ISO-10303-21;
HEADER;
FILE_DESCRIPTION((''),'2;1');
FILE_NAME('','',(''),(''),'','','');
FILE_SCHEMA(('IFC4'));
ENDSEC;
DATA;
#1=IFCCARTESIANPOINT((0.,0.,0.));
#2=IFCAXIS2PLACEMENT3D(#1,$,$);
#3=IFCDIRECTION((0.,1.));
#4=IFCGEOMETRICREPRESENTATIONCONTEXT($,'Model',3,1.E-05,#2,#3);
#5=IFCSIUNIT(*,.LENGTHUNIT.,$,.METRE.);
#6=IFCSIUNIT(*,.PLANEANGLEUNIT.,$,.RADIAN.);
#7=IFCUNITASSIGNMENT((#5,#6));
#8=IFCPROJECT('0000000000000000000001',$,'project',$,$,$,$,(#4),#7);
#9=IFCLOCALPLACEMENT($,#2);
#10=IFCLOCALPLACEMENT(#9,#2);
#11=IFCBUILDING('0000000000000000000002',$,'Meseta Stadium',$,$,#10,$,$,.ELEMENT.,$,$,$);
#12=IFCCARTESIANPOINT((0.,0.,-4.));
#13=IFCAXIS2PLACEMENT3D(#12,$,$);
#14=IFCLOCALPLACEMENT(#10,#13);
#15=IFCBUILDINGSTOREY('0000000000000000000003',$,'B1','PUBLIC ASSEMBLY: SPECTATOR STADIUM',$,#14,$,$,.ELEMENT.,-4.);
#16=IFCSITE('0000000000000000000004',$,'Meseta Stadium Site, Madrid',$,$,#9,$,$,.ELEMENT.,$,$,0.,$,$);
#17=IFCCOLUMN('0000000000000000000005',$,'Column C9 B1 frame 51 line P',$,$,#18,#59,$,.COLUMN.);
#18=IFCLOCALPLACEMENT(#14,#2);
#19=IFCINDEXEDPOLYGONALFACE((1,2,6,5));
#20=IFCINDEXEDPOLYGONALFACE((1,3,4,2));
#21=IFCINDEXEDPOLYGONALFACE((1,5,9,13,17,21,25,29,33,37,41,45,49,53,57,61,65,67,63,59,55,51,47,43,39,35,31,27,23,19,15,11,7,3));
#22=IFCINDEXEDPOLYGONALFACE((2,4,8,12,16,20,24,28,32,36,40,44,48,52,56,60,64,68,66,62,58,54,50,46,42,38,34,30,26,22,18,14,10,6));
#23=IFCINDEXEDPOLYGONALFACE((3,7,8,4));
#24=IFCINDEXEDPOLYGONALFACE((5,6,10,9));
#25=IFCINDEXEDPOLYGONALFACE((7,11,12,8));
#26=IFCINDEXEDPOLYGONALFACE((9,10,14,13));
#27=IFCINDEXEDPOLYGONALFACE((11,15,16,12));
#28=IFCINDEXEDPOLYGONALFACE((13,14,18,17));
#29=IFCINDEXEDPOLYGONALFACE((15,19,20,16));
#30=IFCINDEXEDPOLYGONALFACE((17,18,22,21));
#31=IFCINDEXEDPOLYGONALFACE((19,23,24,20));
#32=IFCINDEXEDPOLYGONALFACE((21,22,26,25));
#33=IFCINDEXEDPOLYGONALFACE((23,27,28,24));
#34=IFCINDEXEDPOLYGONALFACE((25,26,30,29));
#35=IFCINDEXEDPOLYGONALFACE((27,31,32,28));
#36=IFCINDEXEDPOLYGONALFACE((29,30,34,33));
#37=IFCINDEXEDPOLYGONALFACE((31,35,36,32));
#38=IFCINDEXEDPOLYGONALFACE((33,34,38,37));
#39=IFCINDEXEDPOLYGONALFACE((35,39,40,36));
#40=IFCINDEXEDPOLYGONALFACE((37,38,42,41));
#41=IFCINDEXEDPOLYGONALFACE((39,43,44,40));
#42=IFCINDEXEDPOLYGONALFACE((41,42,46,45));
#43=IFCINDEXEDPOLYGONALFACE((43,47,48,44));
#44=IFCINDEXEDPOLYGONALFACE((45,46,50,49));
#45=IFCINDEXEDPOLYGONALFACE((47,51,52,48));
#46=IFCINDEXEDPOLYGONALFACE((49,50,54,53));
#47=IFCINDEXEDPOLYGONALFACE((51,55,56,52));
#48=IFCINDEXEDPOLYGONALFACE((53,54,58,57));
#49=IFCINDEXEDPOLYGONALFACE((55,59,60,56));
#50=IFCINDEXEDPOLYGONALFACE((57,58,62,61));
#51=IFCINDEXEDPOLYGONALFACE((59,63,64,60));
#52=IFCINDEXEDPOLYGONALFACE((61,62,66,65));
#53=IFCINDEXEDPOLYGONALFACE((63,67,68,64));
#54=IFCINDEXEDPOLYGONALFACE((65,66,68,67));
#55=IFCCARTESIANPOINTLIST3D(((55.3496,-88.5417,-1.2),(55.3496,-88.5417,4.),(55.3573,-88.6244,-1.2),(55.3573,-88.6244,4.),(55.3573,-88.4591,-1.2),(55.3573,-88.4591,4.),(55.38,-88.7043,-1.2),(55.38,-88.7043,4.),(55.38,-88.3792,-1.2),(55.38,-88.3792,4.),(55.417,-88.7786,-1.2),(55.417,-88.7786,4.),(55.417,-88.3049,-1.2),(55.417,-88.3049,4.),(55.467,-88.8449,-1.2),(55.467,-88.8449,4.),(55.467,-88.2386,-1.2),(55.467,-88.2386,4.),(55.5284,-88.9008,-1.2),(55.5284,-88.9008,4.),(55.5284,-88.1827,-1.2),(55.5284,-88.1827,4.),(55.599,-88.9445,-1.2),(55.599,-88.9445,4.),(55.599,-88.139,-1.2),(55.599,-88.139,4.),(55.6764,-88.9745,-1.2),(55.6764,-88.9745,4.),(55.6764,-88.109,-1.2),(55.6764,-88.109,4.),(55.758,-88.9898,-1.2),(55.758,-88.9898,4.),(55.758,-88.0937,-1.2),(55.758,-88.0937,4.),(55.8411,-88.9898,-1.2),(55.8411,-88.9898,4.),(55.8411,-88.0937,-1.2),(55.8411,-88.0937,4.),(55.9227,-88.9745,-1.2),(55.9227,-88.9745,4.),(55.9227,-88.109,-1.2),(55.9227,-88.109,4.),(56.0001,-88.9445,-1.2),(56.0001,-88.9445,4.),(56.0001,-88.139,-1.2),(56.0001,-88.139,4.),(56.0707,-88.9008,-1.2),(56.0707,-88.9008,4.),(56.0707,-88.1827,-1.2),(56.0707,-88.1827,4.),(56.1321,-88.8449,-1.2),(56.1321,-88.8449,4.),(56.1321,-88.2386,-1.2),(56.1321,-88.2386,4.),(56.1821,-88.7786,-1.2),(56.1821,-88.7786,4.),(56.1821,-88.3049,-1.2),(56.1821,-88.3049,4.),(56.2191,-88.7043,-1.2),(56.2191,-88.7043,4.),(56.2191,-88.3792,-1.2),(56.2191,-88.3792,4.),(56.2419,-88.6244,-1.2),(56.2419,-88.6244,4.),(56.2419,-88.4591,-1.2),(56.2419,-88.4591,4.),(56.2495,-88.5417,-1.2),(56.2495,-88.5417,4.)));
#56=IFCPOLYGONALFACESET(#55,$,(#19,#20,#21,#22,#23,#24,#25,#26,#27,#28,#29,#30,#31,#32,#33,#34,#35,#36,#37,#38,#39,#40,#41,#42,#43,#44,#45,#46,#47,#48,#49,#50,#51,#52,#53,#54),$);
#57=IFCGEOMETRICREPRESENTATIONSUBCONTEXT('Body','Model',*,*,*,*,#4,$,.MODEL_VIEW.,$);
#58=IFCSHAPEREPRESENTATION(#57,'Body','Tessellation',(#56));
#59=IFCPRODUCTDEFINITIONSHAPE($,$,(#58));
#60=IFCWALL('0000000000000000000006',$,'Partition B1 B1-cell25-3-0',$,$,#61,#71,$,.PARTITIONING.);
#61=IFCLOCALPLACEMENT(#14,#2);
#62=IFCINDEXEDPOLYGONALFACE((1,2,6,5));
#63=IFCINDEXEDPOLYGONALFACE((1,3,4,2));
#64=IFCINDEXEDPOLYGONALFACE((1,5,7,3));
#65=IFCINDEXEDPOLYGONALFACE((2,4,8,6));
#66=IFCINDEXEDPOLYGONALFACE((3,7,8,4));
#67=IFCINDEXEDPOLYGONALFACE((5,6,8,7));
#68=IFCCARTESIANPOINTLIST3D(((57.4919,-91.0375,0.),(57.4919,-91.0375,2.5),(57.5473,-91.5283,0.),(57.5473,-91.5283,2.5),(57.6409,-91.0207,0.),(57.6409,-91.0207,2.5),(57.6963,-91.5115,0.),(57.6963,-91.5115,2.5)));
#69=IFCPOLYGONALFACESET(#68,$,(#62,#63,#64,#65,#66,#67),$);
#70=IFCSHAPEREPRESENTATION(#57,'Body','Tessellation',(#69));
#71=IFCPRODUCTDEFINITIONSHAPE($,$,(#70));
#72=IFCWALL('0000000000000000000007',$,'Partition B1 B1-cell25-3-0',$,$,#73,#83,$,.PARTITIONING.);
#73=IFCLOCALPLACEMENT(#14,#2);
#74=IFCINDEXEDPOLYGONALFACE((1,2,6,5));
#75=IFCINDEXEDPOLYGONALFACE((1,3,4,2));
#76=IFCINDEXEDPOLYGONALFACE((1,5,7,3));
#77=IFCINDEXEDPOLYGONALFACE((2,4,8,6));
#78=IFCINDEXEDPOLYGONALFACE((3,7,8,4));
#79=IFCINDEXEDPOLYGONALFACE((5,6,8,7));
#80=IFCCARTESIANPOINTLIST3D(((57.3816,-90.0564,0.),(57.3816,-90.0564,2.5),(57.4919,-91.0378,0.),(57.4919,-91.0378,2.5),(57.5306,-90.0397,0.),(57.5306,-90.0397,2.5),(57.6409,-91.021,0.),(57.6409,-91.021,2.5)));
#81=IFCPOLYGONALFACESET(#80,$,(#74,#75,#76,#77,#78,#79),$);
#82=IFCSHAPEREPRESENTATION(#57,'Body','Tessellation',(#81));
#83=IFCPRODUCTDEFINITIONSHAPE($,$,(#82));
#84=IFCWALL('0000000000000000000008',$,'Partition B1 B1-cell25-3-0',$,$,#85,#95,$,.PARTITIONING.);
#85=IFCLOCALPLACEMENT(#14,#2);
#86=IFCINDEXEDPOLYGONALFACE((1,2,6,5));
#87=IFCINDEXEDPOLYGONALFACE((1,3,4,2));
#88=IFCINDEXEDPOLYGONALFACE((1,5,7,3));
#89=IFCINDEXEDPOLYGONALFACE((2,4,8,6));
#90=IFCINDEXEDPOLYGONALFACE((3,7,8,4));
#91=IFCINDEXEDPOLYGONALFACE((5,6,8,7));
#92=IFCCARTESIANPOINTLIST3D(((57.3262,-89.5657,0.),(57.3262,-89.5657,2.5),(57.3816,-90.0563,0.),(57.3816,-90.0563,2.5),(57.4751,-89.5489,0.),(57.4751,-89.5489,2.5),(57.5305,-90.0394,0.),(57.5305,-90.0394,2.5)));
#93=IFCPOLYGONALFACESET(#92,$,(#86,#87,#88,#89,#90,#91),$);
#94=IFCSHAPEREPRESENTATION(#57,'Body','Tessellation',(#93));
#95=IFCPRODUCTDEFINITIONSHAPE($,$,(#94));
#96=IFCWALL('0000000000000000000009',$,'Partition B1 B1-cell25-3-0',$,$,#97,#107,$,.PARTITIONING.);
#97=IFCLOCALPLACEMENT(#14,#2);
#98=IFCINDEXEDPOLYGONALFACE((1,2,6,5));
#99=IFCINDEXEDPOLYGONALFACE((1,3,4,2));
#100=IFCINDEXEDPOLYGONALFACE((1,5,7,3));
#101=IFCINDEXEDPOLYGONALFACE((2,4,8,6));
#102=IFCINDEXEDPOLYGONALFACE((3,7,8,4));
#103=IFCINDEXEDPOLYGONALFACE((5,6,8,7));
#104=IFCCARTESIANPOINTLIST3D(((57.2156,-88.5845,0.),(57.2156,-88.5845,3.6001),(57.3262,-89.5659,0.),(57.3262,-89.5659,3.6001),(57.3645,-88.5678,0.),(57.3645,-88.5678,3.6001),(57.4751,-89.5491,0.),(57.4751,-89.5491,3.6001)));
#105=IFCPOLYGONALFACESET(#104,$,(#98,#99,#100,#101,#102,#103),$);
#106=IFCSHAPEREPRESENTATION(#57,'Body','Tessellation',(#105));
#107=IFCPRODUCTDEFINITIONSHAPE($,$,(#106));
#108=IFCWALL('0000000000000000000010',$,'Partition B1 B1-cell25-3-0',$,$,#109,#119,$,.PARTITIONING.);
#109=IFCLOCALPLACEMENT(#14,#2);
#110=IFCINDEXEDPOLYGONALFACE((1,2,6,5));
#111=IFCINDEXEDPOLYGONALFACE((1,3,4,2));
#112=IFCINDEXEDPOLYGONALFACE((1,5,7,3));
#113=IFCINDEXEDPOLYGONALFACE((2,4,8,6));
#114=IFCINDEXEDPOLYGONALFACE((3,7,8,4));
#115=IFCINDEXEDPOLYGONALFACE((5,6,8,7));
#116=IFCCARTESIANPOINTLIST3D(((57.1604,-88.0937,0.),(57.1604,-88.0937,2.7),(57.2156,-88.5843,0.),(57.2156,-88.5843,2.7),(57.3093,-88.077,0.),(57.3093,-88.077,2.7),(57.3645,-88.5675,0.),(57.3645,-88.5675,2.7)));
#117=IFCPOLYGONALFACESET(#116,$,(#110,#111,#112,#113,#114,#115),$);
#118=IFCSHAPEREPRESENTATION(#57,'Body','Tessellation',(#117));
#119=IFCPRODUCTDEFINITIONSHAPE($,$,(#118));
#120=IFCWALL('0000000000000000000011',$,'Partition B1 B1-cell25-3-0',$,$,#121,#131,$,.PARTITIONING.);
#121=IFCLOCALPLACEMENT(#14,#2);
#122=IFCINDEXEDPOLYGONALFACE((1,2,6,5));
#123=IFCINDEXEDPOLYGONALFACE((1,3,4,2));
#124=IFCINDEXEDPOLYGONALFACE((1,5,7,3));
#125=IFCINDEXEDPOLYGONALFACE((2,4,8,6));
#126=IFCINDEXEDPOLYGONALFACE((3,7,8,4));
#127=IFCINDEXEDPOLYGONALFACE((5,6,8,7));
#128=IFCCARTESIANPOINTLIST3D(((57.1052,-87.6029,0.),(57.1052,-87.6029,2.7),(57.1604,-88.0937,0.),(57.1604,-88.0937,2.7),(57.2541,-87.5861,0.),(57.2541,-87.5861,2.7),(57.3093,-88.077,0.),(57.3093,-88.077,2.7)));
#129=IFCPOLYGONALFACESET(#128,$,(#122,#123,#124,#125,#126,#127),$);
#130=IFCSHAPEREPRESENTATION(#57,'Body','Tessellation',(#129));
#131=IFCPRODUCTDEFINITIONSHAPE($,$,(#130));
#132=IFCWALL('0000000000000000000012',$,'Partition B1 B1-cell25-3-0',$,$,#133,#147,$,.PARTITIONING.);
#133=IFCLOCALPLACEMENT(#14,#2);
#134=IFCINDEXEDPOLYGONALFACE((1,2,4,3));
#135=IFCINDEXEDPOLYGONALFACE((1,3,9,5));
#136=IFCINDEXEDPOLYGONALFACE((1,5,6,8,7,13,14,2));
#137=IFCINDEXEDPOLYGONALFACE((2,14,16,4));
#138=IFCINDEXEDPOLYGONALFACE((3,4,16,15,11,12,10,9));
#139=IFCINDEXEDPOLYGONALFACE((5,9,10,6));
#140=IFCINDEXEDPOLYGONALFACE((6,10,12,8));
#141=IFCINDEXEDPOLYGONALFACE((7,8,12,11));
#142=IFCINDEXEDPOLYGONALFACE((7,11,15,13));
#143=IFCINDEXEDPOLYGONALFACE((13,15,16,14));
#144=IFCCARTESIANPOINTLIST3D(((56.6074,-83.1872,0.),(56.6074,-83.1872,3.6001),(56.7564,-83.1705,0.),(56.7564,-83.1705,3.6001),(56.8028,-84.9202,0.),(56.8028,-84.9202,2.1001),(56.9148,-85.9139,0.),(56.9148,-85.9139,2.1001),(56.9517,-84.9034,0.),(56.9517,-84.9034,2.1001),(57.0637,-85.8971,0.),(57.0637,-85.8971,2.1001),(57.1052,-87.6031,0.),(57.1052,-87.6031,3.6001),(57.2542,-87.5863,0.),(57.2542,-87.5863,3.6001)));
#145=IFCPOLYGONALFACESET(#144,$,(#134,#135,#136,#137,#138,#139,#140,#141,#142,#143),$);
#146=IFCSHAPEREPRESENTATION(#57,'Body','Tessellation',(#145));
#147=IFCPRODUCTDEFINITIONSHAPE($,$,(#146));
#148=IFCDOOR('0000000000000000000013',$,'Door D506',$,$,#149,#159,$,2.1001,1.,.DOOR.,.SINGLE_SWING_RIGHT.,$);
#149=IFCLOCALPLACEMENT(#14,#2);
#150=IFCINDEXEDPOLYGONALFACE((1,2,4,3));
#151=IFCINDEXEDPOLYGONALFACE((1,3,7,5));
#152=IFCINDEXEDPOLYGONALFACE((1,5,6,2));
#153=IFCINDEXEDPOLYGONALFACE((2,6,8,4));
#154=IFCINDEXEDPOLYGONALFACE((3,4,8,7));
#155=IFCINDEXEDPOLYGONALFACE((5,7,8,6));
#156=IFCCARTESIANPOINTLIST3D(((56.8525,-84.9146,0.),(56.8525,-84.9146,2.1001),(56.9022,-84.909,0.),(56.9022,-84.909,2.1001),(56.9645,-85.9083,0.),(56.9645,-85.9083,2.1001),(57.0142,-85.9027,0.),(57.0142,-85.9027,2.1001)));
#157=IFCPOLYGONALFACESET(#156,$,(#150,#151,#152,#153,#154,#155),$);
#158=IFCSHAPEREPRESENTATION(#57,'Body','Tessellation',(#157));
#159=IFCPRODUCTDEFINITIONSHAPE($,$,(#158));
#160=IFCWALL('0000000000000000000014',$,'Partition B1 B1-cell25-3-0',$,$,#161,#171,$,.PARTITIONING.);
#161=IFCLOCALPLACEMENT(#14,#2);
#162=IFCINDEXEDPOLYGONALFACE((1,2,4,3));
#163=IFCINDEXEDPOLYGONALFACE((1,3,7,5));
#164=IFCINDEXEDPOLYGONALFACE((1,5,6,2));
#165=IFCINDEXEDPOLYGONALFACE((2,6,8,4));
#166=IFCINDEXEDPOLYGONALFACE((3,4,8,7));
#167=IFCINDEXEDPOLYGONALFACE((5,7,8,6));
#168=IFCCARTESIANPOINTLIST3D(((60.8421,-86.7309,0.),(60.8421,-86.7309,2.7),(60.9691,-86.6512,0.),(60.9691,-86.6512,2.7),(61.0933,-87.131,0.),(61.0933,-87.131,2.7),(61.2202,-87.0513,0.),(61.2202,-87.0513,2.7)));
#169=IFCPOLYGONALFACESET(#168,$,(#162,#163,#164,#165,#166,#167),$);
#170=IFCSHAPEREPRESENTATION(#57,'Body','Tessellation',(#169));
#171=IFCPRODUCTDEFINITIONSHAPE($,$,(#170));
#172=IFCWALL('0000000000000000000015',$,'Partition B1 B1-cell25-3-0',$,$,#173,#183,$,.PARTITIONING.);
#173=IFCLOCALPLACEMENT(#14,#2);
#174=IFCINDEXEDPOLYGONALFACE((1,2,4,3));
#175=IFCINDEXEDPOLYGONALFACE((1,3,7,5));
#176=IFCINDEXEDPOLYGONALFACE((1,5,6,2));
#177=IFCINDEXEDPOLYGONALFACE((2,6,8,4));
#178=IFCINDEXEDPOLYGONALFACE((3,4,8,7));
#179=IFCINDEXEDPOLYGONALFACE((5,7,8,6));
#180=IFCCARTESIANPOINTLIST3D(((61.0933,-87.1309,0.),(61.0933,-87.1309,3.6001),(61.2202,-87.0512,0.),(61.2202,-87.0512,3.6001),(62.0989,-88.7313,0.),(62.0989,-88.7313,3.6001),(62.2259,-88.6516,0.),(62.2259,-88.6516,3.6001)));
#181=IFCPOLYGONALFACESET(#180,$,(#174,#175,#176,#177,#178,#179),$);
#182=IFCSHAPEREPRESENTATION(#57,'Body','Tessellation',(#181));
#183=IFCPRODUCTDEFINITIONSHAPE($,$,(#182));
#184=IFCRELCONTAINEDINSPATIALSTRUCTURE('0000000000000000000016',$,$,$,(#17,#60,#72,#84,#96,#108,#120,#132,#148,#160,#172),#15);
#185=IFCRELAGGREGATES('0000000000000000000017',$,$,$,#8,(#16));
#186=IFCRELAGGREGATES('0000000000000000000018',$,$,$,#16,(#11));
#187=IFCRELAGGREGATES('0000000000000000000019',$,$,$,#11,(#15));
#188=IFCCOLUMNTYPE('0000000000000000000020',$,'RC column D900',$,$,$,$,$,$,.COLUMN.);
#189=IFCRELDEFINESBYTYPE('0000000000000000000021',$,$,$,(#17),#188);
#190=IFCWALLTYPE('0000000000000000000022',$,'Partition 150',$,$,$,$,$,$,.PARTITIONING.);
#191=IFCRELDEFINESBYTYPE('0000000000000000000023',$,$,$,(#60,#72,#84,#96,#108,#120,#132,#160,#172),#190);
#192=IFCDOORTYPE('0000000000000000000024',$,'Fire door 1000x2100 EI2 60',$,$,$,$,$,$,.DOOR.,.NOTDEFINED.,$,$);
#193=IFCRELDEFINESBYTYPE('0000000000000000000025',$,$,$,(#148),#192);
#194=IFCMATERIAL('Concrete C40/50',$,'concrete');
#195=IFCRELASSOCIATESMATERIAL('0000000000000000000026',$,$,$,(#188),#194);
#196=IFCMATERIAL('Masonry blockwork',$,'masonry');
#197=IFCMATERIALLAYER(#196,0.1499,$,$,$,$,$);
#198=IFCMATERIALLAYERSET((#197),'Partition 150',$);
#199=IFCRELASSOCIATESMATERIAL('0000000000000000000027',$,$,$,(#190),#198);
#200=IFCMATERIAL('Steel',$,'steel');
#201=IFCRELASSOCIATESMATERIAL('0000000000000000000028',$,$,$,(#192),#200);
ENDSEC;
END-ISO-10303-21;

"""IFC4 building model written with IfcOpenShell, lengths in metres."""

from ifc_helpers import new_model, si_unit, direction, frame, frame_2d, origin, origin_2d, place, context, subcontext, project, spatial, rectangle, circle, extrude, material, layer, layer_set, material_profile, profile_set, type_object, element, fill, save


model = new_model("IFC4")

# Units and contexts
model_context = context("Model", 3, precision=1e-05, world=origin(), true_north=direction((0.0, 1.0)))
body_context = subcontext(model_context, "Body", "Model", "MODEL_VIEW")
ifc_project = project(units=[si_unit("LENGTHUNIT", "METRE"), si_unit("PLANEANGLEUNIT", "RADIAN")], contexts=[model_context])

# Site, building, storey
site_placement = place(None, origin())
site = spatial("IfcSite", under=ifc_project, at=site_placement, Name="Meseta Stadium Site, Madrid", CompositionType="ELEMENT", RefElevation=0.0)
building_placement = place(site_placement, origin())
building = spatial("IfcBuilding", under=site, at=building_placement, Name="Meseta Stadium", CompositionType="ELEMENT")
storey_placement = place(building_placement, frame((0.0, 0.0, -4.0)))
storey = spatial("IfcBuildingStorey", under=building, at=storey_placement, Name="B1", Description="PUBLIC ASSEMBLY: SPECTATOR STADIUM", CompositionType="ELEMENT", Elevation=-4.0)

# Column
ifc_material_1 = material(Name="Concrete C40/50", Category="concrete")
ifc_material_profile = material_profile(ifc_material_1, circle(Radius=0.45, at=origin_2d()), Name="RC D900")
ifc_profile_set = profile_set([ifc_material_profile], Name="Concrete C40/50")
column_type = type_object("IfcColumnType", Name="RC column D900", PredefinedType="COLUMN", material=ifc_profile_set)
column_placement = place(storey_placement, frame((55.7996, -88.5417, -1.2), z_axis=(0.0, 0.0, 1.0), x_axis=(1.0, 0.0, 0.0)))
element("IfcColumn", 1, at=column_placement, inside=storey, type_object=column_type, Name="Column C9 B1 frame 51 line P", PredefinedType="COLUMN", context=body_context, shape_type="SweptSolid", body=[
    extrude(circle(Radius=0.45, at=origin_2d()), origin(), (0.0, 0.0, 1.0), 5.2),
])

# Walls
ifc_material_2 = material(Name="Masonry blockwork", Category="masonry")
ifc_layer = layer(ifc_material_2, 0.1499)
ifc_layer_set = layer_set([ifc_layer], Name="Partition 150")
wall_type = type_object("IfcWallType", Name="Partition 150", PredefinedType="PARTITIONING", material=ifc_layer_set)
wall_1_placement = place(storey_placement, frame((57.6218, -91.52, 0.0), z_axis=(0.0, 0.0, 1.0), x_axis=(-0.112222, 0.993683, 0.0)))
element("IfcWall", 2, at=wall_1_placement, inside=storey, type_object=wall_type, Name="Partition B1 B1-cell25-3-0", PredefinedType="PARTITIONING", context=body_context, shape_type="SweptSolid", body=[
    extrude(rectangle(XDim=0.4939, YDim=0.1499, at=frame_2d((0.2471, 0.0))), origin(), (0.0, 0.0, 1.0), 2.5),
])
wall_2_placement = place(storey_placement, frame((57.5664, -91.0293, 0.0), z_axis=(0.0, 0.0, 1.0), x_axis=(-0.111734, 0.993738, 0.0)))
element("IfcWall", 3, at=wall_2_placement, inside=storey, type_object=wall_type, Name="Partition B1 B1-cell25-3-0", PredefinedType="PARTITIONING", context=body_context, shape_type="SweptSolid", body=[
    extrude(rectangle(XDim=0.9875, YDim=0.1499, at=frame_2d((0.4937, 0.0))), origin(), (0.0, 0.0, 1.0), 2.5),
])
wall_3_placement = place(storey_placement, frame((57.4561, -90.0479, 0.0), z_axis=(0.0, 0.0, 1.0), x_axis=(-0.112277, 0.993677, 0.0)))
element("IfcWall", 4, at=wall_3_placement, inside=storey, type_object=wall_type, Name="Partition B1 B1-cell25-3-0", PredefinedType="PARTITIONING", context=body_context, shape_type="SweptSolid", body=[
    extrude(rectangle(XDim=0.4937, YDim=0.1499, at=frame_2d((0.2468, 0.0))), origin(), (0.0, 0.0, 1.0), 2.5),
])
wall_4_placement = place(storey_placement, frame((57.4006, -89.5574, 0.0), z_axis=(0.0, 0.0, 1.0), x_axis=(-0.111978, 0.993711, 0.0)))
element("IfcWall", 5, at=wall_4_placement, inside=storey, type_object=wall_type, Name="Partition B1 B1-cell25-3-0", PredefinedType="PARTITIONING", context=body_context, shape_type="SweptSolid", body=[
    extrude(rectangle(XDim=0.9875, YDim=0.1499, at=frame_2d((0.4937, 0.0))), origin(), (0.0, 0.0, 1.0), 3.6001),
])
wall_5_placement = place(storey_placement, frame((57.29, -88.5759, 0.0), z_axis=(0.0, 0.0, 1.0), x_axis=(-0.111789, 0.993732, 0.0)))
element("IfcWall", 6, at=wall_5_placement, inside=storey, type_object=wall_type, Name="Partition B1 B1-cell25-3-0", PredefinedType="PARTITIONING", context=body_context, shape_type="SweptSolid", body=[
    extrude(rectangle(XDim=0.4937, YDim=0.1499, at=frame_2d((0.2468, 0.0))), origin(), (0.0, 0.0, 1.0), 2.7),
])
wall_6_placement = place(storey_placement, frame((57.2349, -88.0854, 0.0), z_axis=(0.0, 0.0, 1.0), x_axis=(-0.111734, 0.993738, 0.0)))
element("IfcWall", 7, at=wall_6_placement, inside=storey, type_object=wall_type, Name="Partition B1 B1-cell25-3-0", PredefinedType="PARTITIONING", context=body_context, shape_type="SweptSolid", body=[
    extrude(rectangle(XDim=0.4939, YDim=0.1499, at=frame_2d((0.2471, 0.0))), origin(), (0.0, 0.0, 1.0), 2.7),
])

# Wall, opening, door
wall_7_placement = place(storey_placement, frame((57.1797, -87.5947, 0.0), z_axis=(0.0, 0.0, 1.0), x_axis=(-0.112023, 0.993706, 0.0)))
wall_7 = element("IfcWall", 8, at=wall_7_placement, inside=storey, type_object=wall_type, Name="Partition B1 B1-cell25-3-0", PredefinedType="PARTITIONING", context=body_context, shape_type="SweptSolid", body=[
    extrude(rectangle(XDim=4.4438, YDim=0.1499, at=frame_2d((2.2219, 0.0))), origin(), (0.0, 0.0, 1.0), 3.6001),
])
opening_1_placement = place(wall_7_placement, frame((1.7, 0.0, 0.0)))
opening_1 = element("IfcOpeningElement", 9, at=opening_1_placement, cuts=wall_7, PredefinedType="OPENING", context=body_context, shape_type="SweptSolid", body=[
    extrude(rectangle(XDim=1.0, YDim=2.1001, at=frame_2d((0.5, 1.05))), frame((0.0, 0.085, 0.0), z_axis=(0.0, -1.0, 0.0), x_axis=(1.0, 0.0, 0.0)), (0.0, 0.0, 1.0), 0.1699),
])
ifc_material_3 = material(Name="Steel", Category="steel")
door_type = type_object("IfcDoorType", Name="Fire door 1000x2100 EI2 60", OperationType="NOTDEFINED", PredefinedType="DOOR", material=ifc_material_3)
door_1_placement = place(opening_1_placement, origin())
door_1 = element("IfcDoor", 10, at=door_1_placement, inside=storey, type_object=door_type, Name="Door D506", OperationType="SINGLE_SWING_RIGHT", OverallHeight=2.1001, OverallWidth=1.0, PredefinedType="DOOR", context=body_context, shape_type="SweptSolid", body=[
    extrude(rectangle(XDim=1.0, YDim=2.1001, at=frame_2d((0.5, 1.05))), frame((0.0, 0.0249, 0.0), z_axis=(0.0, -1.0, 0.0), x_axis=(1.0, 0.0, 0.0)), (0.0, 0.0, 1.0), 0.05),
])
fill(opening_1, door_1)

# Walls
wall_8_placement = place(storey_placement, frame((60.9055, -86.6909, 0.0), z_axis=(0.0, 0.0, 1.0), x_axis=(0.531716, -0.846922, 0.0)))
element("IfcWall", 11, at=wall_8_placement, inside=storey, type_object=wall_type, Name="Partition B1 B1-cell25-3-0", PredefinedType="PARTITIONING", context=body_context, shape_type="SweptSolid", body=[
    extrude(rectangle(XDim=0.4724, YDim=0.1499, at=frame_2d((0.2363, 0.0))), origin(), (0.0, 0.0, 1.0), 2.7),
])
wall_9_placement = place(storey_placement, frame((61.1567, -87.0911, 0.0), z_axis=(0.0, 0.0, 1.0), x_axis=(0.532052, -0.846711, 0.0)))
element("IfcWall", 12, at=wall_9_placement, inside=storey, type_object=wall_type, Name="Partition B1 B1-cell25-3-0", PredefinedType="PARTITIONING", context=body_context, shape_type="SweptSolid", body=[
    extrude(rectangle(XDim=1.8901, YDim=0.1499, at=frame_2d((0.9451, 0.0))), origin(), (0.0, 0.0, 1.0), 3.6001),
])

save(model, "model.ifc")
